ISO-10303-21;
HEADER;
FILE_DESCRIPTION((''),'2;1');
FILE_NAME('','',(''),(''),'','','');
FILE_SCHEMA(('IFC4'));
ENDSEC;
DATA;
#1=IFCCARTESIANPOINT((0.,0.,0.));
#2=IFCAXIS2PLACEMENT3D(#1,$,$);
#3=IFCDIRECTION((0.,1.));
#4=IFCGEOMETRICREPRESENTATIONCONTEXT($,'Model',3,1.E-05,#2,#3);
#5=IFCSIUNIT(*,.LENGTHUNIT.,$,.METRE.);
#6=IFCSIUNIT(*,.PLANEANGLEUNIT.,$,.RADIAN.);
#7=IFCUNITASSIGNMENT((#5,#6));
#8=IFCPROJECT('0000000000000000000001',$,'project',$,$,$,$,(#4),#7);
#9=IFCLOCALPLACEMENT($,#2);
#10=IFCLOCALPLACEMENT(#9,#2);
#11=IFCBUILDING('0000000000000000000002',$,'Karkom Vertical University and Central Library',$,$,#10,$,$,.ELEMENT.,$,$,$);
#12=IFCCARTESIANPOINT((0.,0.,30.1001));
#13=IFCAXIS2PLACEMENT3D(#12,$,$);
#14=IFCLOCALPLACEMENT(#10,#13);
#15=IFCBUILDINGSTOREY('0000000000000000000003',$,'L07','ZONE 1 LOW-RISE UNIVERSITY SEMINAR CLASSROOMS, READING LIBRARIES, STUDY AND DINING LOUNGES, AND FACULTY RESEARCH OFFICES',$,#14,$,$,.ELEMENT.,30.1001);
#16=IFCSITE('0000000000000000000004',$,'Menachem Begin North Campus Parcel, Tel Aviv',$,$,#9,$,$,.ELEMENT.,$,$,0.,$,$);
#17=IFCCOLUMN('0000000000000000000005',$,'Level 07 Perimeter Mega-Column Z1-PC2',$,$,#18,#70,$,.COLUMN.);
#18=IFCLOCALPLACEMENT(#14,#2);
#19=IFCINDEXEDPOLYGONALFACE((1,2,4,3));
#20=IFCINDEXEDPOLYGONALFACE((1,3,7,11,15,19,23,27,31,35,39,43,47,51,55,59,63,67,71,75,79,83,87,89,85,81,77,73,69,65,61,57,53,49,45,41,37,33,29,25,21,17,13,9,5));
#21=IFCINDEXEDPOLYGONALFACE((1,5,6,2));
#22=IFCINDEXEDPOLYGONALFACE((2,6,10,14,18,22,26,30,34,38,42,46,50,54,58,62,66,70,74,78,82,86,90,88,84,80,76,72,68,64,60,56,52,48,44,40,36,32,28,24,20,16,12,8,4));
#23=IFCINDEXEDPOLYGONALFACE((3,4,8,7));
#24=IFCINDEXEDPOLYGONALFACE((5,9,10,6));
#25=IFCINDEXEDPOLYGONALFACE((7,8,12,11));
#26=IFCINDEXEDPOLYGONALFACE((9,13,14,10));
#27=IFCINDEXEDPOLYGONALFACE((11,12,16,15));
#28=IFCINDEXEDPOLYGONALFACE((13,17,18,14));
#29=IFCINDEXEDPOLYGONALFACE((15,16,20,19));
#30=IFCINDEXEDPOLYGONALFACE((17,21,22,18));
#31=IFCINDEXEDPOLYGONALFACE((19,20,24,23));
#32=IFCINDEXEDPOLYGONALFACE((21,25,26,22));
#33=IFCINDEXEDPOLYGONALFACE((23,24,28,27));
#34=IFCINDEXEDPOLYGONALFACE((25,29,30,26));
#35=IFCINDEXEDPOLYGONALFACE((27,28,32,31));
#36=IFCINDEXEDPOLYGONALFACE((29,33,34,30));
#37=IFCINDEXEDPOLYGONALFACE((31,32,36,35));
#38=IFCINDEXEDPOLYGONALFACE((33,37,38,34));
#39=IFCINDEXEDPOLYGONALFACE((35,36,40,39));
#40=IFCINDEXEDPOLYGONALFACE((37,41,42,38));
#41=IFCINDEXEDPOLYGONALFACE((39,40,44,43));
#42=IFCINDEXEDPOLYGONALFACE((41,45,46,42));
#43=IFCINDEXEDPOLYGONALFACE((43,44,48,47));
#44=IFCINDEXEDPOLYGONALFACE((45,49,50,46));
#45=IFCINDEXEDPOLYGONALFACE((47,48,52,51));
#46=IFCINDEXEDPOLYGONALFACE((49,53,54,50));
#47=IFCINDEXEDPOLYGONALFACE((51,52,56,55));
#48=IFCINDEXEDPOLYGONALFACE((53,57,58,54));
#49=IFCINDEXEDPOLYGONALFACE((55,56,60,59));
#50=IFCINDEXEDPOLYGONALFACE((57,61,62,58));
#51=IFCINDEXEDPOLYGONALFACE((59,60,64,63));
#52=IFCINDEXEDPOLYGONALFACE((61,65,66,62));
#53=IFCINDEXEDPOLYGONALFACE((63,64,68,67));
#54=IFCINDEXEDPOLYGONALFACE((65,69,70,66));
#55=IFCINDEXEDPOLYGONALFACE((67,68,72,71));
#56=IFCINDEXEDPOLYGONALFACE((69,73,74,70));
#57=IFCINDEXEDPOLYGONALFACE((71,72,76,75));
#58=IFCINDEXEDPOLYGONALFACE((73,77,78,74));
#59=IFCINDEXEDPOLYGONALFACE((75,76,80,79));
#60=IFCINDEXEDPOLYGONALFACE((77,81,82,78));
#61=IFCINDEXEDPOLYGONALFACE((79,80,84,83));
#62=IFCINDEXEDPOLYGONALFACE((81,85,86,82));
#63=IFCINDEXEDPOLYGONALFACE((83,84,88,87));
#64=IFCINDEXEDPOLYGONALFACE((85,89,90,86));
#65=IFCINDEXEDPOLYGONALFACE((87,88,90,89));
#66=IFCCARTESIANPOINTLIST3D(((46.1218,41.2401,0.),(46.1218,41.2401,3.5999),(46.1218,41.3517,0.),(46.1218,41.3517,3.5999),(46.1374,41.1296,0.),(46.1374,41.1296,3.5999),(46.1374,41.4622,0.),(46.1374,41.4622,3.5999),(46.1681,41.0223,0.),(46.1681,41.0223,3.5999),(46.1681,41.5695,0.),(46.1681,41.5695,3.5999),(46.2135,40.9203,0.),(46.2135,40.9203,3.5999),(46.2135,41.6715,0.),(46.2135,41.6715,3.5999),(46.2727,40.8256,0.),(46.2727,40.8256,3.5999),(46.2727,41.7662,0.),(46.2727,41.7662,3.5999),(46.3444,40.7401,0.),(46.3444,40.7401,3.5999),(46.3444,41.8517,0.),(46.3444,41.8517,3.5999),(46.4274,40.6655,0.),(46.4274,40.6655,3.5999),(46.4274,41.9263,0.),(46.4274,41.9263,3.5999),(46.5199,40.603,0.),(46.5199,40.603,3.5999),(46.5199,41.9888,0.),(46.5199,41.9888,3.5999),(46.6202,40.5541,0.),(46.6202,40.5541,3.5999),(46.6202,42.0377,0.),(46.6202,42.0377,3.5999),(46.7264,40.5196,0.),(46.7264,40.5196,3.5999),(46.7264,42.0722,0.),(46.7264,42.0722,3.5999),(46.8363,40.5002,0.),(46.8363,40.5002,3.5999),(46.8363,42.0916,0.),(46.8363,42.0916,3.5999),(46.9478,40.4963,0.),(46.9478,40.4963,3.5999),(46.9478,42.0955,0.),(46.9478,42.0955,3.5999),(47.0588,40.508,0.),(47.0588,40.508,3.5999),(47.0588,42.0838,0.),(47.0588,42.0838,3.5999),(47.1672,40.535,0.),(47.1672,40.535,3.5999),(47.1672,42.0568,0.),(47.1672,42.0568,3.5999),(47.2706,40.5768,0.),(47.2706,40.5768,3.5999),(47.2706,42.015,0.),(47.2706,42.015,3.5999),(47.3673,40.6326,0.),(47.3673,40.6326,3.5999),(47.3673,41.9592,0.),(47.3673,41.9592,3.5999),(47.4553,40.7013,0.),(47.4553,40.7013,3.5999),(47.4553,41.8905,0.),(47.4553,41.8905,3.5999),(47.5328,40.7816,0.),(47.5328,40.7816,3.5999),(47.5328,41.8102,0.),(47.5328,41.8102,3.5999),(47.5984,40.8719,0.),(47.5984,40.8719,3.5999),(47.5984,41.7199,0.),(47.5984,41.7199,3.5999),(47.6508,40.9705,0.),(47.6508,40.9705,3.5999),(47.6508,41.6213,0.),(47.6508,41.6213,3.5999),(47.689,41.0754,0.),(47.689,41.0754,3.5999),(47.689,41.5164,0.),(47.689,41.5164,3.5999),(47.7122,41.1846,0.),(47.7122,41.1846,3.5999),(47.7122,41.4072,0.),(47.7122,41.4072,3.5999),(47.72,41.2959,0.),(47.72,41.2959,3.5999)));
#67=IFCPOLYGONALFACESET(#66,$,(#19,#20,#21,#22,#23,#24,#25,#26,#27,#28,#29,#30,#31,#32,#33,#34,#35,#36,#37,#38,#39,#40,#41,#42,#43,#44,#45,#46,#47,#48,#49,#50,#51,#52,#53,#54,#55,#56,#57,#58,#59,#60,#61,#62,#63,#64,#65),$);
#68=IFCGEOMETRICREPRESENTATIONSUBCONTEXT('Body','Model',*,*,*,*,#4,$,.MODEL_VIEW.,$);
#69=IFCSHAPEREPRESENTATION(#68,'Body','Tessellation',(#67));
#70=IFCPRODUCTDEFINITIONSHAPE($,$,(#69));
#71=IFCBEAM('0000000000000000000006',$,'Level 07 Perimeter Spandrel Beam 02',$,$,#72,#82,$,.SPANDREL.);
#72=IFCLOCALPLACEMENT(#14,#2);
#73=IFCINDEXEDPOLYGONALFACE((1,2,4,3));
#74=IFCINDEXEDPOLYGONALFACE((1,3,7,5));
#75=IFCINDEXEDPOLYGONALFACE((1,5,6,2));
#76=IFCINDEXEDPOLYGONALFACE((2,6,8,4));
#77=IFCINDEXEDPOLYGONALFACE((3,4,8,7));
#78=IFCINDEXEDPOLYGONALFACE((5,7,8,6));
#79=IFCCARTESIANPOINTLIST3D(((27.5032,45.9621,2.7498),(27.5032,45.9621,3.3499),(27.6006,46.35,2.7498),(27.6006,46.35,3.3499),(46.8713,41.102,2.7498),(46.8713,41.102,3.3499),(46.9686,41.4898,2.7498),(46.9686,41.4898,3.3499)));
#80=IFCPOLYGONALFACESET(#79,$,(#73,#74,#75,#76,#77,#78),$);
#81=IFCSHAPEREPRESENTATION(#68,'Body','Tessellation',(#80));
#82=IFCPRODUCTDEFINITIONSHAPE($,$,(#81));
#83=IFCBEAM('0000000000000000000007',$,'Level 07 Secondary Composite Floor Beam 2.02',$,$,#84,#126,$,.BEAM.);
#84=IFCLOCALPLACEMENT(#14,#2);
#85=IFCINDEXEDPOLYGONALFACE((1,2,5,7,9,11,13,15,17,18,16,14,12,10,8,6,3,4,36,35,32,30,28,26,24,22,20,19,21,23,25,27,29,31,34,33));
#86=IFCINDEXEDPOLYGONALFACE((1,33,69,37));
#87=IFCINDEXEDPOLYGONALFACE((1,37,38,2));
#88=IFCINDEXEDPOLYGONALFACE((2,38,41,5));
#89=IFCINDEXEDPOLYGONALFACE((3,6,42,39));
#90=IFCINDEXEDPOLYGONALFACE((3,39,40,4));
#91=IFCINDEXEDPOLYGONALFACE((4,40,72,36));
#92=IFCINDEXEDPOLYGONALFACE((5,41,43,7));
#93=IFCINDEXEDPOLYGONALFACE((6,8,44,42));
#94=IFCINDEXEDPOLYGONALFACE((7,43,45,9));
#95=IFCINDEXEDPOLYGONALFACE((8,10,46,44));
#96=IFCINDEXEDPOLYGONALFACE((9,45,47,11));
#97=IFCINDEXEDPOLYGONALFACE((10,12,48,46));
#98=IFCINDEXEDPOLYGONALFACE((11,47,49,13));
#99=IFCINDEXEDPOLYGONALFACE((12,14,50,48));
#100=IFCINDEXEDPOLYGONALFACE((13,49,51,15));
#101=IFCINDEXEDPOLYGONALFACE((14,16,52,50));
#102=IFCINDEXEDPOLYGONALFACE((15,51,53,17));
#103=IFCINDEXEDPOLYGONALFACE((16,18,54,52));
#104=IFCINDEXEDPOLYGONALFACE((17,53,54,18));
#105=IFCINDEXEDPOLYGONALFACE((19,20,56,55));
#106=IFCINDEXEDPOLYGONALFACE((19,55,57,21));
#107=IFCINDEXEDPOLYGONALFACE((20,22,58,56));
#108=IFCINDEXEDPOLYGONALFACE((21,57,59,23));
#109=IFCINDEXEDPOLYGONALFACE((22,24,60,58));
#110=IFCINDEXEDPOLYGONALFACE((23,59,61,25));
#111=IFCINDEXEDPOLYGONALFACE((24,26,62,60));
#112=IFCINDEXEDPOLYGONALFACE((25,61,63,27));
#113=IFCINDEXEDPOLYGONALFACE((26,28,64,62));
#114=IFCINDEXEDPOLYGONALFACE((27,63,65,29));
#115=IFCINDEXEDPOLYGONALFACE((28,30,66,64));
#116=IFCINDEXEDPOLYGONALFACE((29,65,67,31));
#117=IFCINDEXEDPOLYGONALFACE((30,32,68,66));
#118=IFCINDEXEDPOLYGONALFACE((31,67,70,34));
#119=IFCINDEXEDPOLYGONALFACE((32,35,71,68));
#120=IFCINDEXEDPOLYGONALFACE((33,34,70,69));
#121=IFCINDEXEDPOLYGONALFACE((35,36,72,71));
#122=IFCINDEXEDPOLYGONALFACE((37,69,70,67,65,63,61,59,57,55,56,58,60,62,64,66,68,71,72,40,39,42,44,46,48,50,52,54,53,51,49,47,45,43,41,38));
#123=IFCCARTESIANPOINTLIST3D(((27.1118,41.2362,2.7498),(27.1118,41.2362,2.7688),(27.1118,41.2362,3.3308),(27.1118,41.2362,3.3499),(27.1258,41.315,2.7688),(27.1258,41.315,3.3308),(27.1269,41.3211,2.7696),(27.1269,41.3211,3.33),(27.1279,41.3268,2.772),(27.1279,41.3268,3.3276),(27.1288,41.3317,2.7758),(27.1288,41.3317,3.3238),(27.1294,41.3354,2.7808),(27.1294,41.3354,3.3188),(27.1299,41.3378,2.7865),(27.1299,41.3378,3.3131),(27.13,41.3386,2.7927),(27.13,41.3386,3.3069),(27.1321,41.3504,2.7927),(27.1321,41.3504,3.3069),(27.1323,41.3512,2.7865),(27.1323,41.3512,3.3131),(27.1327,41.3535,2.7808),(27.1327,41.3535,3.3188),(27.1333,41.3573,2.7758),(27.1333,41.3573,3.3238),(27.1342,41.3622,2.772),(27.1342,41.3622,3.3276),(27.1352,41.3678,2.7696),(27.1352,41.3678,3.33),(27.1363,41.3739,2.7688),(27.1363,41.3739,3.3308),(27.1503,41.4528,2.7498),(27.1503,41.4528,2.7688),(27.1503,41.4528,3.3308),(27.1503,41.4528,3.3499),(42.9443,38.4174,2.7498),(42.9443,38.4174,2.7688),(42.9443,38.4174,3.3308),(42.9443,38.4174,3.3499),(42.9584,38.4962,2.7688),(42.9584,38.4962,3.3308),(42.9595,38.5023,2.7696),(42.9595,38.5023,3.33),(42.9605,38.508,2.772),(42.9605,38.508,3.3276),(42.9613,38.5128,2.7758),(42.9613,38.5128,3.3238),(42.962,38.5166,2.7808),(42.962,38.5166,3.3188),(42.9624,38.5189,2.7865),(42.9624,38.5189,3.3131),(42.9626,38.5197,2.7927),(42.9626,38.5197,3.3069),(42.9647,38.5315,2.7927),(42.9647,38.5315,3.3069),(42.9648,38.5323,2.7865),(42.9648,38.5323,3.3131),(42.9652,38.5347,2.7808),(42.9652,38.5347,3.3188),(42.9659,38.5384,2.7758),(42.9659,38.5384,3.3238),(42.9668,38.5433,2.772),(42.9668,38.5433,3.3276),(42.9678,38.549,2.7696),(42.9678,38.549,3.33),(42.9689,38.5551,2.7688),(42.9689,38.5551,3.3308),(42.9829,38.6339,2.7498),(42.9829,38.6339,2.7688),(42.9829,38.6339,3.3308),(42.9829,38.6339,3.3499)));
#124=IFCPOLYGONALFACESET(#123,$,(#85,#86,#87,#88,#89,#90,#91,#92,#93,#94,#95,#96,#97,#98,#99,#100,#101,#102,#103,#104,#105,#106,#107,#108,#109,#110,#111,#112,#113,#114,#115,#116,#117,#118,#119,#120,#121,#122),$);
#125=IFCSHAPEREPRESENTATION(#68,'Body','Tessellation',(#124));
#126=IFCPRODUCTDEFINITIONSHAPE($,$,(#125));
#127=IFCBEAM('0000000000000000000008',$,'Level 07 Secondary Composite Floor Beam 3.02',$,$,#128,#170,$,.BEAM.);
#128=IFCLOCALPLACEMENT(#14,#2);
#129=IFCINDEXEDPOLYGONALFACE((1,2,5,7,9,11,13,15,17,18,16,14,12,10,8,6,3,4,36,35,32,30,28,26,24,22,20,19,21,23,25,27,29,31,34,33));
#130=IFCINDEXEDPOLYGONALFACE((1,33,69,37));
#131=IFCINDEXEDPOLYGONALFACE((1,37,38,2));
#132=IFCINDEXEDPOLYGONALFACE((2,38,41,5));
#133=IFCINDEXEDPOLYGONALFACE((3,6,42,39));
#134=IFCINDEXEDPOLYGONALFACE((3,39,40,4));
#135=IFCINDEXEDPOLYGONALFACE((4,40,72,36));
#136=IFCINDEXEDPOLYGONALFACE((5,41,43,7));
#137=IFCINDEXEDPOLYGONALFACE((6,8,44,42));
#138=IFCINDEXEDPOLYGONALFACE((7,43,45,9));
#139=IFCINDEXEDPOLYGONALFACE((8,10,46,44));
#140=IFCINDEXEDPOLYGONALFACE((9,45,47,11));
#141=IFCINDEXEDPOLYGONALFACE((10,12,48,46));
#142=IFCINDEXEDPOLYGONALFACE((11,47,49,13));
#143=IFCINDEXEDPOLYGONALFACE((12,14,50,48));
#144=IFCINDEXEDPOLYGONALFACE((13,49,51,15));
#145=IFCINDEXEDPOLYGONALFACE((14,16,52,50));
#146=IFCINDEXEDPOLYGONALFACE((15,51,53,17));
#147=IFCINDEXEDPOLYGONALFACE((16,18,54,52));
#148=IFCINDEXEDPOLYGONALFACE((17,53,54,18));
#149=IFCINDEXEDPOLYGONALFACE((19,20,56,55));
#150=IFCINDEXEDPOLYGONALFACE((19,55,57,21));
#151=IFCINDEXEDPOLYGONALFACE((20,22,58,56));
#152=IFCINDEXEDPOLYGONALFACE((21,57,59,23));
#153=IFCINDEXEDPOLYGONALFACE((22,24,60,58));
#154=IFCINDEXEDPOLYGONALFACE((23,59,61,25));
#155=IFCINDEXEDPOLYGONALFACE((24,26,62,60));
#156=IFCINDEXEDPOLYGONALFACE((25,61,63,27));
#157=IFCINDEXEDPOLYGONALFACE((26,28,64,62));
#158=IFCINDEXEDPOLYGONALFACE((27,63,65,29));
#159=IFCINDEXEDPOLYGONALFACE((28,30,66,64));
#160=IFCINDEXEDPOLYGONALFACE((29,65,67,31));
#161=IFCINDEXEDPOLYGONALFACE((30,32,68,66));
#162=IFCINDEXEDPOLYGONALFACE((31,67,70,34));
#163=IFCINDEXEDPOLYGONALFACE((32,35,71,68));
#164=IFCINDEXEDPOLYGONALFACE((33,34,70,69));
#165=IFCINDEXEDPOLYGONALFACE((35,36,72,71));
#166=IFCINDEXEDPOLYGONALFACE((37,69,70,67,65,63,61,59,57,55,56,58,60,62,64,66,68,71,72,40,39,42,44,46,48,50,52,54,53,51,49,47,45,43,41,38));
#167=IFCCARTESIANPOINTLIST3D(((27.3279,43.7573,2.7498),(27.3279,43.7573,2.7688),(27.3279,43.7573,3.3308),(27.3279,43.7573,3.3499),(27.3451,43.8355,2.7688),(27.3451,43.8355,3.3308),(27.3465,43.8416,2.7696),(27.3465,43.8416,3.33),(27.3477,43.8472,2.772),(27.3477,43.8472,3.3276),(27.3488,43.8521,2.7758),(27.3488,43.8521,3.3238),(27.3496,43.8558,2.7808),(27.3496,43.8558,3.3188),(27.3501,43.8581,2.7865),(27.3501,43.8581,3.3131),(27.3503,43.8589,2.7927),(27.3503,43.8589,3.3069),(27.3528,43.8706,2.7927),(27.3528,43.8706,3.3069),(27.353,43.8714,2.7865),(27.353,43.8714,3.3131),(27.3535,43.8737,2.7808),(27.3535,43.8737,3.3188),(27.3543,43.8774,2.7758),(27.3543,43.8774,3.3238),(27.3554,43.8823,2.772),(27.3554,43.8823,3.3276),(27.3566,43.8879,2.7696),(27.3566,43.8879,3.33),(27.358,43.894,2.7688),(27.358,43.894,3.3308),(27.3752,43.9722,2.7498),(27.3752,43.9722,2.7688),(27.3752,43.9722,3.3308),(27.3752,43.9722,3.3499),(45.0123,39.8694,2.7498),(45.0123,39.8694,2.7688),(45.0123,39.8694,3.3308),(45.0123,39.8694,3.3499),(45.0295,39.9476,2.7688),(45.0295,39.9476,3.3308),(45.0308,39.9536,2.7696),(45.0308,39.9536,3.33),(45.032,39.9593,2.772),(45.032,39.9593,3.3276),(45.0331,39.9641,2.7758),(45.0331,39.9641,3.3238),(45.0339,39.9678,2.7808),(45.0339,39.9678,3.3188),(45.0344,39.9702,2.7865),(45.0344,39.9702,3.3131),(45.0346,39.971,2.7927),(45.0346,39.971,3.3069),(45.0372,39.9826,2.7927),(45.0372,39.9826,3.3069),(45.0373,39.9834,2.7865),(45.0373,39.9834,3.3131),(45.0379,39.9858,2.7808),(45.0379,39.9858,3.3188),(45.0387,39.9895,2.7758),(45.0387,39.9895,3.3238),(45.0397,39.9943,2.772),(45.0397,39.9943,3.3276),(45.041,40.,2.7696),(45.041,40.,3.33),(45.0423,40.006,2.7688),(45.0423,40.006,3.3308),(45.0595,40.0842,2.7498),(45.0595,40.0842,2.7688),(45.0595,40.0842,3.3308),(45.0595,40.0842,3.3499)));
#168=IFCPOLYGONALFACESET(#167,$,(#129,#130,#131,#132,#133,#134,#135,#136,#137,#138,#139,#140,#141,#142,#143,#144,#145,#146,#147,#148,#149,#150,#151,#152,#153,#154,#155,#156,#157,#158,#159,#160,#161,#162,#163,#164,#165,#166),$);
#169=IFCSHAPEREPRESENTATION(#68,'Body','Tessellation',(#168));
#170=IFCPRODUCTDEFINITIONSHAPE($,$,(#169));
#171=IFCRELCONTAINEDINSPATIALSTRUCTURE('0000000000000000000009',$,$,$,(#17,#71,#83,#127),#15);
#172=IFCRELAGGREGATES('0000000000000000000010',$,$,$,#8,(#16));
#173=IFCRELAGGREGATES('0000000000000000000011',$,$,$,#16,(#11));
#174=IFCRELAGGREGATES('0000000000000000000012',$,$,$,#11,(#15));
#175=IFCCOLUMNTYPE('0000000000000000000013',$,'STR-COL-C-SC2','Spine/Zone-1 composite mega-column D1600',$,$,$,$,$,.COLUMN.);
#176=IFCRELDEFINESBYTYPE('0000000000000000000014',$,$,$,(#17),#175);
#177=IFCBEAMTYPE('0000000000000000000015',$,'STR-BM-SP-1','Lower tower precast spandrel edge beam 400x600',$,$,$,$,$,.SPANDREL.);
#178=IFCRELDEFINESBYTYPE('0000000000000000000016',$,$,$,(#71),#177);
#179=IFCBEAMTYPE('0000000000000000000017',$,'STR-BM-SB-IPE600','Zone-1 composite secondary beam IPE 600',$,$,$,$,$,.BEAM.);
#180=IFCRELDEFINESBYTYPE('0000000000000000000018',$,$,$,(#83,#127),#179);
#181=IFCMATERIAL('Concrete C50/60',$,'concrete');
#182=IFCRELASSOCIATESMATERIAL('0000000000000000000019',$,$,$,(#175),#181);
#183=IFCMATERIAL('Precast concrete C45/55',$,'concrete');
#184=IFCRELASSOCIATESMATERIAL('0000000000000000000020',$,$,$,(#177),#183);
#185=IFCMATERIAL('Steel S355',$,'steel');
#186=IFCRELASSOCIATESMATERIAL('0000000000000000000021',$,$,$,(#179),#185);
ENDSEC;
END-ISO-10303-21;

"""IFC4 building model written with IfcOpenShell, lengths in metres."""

from ifc_helpers import new_model, si_unit, direction, frame, origin, origin_with_axes, origin_2d, place, context, subcontext, project, spatial, rectangle, circle, i_section, extrude, source, transform, mapped, material, material_profile, profile_set, type_object, element, save


model = new_model("IFC4")

# Units and contexts
model_context = context("Model", 3, precision=1e-05, world=origin(), true_north=direction((0.0, 1.0)))
body_context = subcontext(model_context, "Body", "Model", "MODEL_VIEW")
ifc_project = project(units=[si_unit("LENGTHUNIT", "METRE"), si_unit("PLANEANGLEUNIT", "RADIAN")], contexts=[model_context])

# Site, building, storey
site_placement = place(None, origin())
site = spatial("IfcSite", under=ifc_project, at=site_placement, Name="Menachem Begin North Campus Parcel, Tel Aviv", CompositionType="ELEMENT", RefElevation=0.0)
building_placement = place(site_placement, origin())
building = spatial("IfcBuilding", under=site, at=building_placement, Name="Karkom Vertical University and Central Library", CompositionType="ELEMENT")
storey_placement = place(building_placement, frame((0.0, 0.0, 30.1001)))
storey = spatial("IfcBuildingStorey", under=building, at=storey_placement, Name="L07", Description="ZONE 1 LOW-RISE UNIVERSITY SEMINAR CLASSROOMS, READING LIBRARIES, STUDY AND DINING LOUNGES, AND FACULTY RESEARCH OFFICES", CompositionType="ELEMENT", Elevation=30.1001)

# Column
ifc_material_1 = material(Name="Concrete C50/60", Category="concrete")
ifc_material_profile_1 = material_profile(ifc_material_1, circle(Radius=0.8, at=origin_2d()), Name="CFT-D1600")
ifc_profile_set_1 = profile_set([ifc_material_profile_1], Name="Concrete C50/60")
column_type = type_object("IfcColumnType", Name="STR-COL-C-SC2", Description="Spine/Zone-1 composite mega-column D1600", PredefinedType="COLUMN", material=ifc_profile_set_1)
shared_shape_1 = source(origin_with_axes(), body_context, "Body", "SweptSolid", [
    extrude(circle(Radius=0.8, at=origin_2d()), origin(), (0.0, 0.0, 1.0), 3.5999),
])
column_placement = place(storey_placement, frame((46.9199, 41.2959, 0.0), z_axis=(0.0, 0.0, 1.0), x_axis=(1.0, 0.0, 0.0)))
element("IfcColumn", 1, at=column_placement, inside=storey, type_object=column_type, Name="Level 07 Perimeter Mega-Column Z1-PC2", PredefinedType="COLUMN", context=body_context, shape_type="MappedRepresentation", body=[
    mapped(shared_shape_1, transform((0.0, 0.0, 0.0), scale=1.0)),
])

# Beams
ifc_material_2 = material(Name="Precast concrete C45/55", Category="concrete")
ifc_material_profile_2 = material_profile(ifc_material_2, rectangle(XDim=0.3999, YDim=0.6001, at=origin_2d()), Name="SPB-400x600")
ifc_profile_set_2 = profile_set([ifc_material_profile_2], Name="Precast concrete C45/55")
beam_type_1 = type_object("IfcBeamType", Name="STR-BM-SP-1", Description="Lower tower precast spandrel edge beam 400x600", PredefinedType="SPANDREL", material=ifc_profile_set_2)
shared_shape_2 = source(origin_with_axes(), body_context, "Body", "SweptSolid", [
    extrude(rectangle(XDim=0.3999, YDim=0.6001, at=origin_2d()), origin(), (0.0, 0.0, 1.0), 19.9685),
])
beam_1_placement = place(storey_placement, frame((46.9199, 41.2959, 3.0498), z_axis=(-0.969929, 0.24339, 0.0), x_axis=(-0.24339, -0.969929, 0.0)))
element("IfcBeam", 2, at=beam_1_placement, inside=storey, type_object=beam_type_1, Name="Level 07 Perimeter Spandrel Beam 02", PredefinedType="SPANDREL", context=body_context, shape_type="MappedRepresentation", body=[
    mapped(shared_shape_2, transform((0.0, 0.0, 0.0), scale=1.0)),
])
ifc_material_3 = material(Name="Steel S355", Category="steel")
ifc_material_profile_3 = material_profile(ifc_material_3, i_section(OverallWidth=0.22, OverallDepth=0.6001, WebThickness=0.012, FlangeThickness=0.019, FilletRadius=0.0239, at=origin_2d()), Name="IPE 600")
ifc_profile_set_3 = profile_set([ifc_material_profile_3], Name="Steel S355")
beam_type_2 = type_object("IfcBeamType", Name="STR-BM-SB-IPE600", Description="Zone-1 composite secondary beam IPE 600", PredefinedType="BEAM", material=ifc_profile_set_3)
shared_shape_3 = source(origin_with_axes(), body_context, "Body", "SweptSolid", [
    extrude(i_section(OverallWidth=0.22, OverallDepth=0.6001, WebThickness=0.012, FlangeThickness=0.019, FilletRadius=0.0239, at=origin_2d()), origin(), (0.0, 0.0, 1.0), 16.0815),
])
beam_2_placement = place(storey_placement, frame((42.9636, 38.5256, 3.0498), z_axis=(-0.984518, 0.175285, 0.0), x_axis=(-0.175285, -0.984518, 0.0)))
element("IfcBeam", 3, at=beam_2_placement, inside=storey, type_object=beam_type_2, Name="Level 07 Secondary Composite Floor Beam 2.02", PredefinedType="BEAM", context=body_context, shape_type="MappedRepresentation", body=[
    mapped(shared_shape_3, transform((0.0, 0.0, 0.0), scale=1.0)),
])
shared_shape_4 = source(origin_with_axes(), body_context, "Body", "SweptSolid", [
    extrude(i_section(OverallWidth=0.22, OverallDepth=0.6001, WebThickness=0.012, FlangeThickness=0.019, FilletRadius=0.0239, at=origin_2d()), origin(), (0.0, 0.0, 1.0), 18.1067),
])
beam_3_placement = place(storey_placement, frame((45.0359, 39.9768, 3.0498), z_axis=(-0.976675, 0.214724, 0.0), x_axis=(-0.214724, -0.976675, 0.0)))
element("IfcBeam", 4, at=beam_3_placement, inside=storey, type_object=beam_type_2, Name="Level 07 Secondary Composite Floor Beam 3.02", PredefinedType="BEAM", context=body_context, shape_type="MappedRepresentation", body=[
    mapped(shared_shape_4, transform((0.0, 0.0, 0.0), scale=1.0)),
])

save(model, "model.ifc")
